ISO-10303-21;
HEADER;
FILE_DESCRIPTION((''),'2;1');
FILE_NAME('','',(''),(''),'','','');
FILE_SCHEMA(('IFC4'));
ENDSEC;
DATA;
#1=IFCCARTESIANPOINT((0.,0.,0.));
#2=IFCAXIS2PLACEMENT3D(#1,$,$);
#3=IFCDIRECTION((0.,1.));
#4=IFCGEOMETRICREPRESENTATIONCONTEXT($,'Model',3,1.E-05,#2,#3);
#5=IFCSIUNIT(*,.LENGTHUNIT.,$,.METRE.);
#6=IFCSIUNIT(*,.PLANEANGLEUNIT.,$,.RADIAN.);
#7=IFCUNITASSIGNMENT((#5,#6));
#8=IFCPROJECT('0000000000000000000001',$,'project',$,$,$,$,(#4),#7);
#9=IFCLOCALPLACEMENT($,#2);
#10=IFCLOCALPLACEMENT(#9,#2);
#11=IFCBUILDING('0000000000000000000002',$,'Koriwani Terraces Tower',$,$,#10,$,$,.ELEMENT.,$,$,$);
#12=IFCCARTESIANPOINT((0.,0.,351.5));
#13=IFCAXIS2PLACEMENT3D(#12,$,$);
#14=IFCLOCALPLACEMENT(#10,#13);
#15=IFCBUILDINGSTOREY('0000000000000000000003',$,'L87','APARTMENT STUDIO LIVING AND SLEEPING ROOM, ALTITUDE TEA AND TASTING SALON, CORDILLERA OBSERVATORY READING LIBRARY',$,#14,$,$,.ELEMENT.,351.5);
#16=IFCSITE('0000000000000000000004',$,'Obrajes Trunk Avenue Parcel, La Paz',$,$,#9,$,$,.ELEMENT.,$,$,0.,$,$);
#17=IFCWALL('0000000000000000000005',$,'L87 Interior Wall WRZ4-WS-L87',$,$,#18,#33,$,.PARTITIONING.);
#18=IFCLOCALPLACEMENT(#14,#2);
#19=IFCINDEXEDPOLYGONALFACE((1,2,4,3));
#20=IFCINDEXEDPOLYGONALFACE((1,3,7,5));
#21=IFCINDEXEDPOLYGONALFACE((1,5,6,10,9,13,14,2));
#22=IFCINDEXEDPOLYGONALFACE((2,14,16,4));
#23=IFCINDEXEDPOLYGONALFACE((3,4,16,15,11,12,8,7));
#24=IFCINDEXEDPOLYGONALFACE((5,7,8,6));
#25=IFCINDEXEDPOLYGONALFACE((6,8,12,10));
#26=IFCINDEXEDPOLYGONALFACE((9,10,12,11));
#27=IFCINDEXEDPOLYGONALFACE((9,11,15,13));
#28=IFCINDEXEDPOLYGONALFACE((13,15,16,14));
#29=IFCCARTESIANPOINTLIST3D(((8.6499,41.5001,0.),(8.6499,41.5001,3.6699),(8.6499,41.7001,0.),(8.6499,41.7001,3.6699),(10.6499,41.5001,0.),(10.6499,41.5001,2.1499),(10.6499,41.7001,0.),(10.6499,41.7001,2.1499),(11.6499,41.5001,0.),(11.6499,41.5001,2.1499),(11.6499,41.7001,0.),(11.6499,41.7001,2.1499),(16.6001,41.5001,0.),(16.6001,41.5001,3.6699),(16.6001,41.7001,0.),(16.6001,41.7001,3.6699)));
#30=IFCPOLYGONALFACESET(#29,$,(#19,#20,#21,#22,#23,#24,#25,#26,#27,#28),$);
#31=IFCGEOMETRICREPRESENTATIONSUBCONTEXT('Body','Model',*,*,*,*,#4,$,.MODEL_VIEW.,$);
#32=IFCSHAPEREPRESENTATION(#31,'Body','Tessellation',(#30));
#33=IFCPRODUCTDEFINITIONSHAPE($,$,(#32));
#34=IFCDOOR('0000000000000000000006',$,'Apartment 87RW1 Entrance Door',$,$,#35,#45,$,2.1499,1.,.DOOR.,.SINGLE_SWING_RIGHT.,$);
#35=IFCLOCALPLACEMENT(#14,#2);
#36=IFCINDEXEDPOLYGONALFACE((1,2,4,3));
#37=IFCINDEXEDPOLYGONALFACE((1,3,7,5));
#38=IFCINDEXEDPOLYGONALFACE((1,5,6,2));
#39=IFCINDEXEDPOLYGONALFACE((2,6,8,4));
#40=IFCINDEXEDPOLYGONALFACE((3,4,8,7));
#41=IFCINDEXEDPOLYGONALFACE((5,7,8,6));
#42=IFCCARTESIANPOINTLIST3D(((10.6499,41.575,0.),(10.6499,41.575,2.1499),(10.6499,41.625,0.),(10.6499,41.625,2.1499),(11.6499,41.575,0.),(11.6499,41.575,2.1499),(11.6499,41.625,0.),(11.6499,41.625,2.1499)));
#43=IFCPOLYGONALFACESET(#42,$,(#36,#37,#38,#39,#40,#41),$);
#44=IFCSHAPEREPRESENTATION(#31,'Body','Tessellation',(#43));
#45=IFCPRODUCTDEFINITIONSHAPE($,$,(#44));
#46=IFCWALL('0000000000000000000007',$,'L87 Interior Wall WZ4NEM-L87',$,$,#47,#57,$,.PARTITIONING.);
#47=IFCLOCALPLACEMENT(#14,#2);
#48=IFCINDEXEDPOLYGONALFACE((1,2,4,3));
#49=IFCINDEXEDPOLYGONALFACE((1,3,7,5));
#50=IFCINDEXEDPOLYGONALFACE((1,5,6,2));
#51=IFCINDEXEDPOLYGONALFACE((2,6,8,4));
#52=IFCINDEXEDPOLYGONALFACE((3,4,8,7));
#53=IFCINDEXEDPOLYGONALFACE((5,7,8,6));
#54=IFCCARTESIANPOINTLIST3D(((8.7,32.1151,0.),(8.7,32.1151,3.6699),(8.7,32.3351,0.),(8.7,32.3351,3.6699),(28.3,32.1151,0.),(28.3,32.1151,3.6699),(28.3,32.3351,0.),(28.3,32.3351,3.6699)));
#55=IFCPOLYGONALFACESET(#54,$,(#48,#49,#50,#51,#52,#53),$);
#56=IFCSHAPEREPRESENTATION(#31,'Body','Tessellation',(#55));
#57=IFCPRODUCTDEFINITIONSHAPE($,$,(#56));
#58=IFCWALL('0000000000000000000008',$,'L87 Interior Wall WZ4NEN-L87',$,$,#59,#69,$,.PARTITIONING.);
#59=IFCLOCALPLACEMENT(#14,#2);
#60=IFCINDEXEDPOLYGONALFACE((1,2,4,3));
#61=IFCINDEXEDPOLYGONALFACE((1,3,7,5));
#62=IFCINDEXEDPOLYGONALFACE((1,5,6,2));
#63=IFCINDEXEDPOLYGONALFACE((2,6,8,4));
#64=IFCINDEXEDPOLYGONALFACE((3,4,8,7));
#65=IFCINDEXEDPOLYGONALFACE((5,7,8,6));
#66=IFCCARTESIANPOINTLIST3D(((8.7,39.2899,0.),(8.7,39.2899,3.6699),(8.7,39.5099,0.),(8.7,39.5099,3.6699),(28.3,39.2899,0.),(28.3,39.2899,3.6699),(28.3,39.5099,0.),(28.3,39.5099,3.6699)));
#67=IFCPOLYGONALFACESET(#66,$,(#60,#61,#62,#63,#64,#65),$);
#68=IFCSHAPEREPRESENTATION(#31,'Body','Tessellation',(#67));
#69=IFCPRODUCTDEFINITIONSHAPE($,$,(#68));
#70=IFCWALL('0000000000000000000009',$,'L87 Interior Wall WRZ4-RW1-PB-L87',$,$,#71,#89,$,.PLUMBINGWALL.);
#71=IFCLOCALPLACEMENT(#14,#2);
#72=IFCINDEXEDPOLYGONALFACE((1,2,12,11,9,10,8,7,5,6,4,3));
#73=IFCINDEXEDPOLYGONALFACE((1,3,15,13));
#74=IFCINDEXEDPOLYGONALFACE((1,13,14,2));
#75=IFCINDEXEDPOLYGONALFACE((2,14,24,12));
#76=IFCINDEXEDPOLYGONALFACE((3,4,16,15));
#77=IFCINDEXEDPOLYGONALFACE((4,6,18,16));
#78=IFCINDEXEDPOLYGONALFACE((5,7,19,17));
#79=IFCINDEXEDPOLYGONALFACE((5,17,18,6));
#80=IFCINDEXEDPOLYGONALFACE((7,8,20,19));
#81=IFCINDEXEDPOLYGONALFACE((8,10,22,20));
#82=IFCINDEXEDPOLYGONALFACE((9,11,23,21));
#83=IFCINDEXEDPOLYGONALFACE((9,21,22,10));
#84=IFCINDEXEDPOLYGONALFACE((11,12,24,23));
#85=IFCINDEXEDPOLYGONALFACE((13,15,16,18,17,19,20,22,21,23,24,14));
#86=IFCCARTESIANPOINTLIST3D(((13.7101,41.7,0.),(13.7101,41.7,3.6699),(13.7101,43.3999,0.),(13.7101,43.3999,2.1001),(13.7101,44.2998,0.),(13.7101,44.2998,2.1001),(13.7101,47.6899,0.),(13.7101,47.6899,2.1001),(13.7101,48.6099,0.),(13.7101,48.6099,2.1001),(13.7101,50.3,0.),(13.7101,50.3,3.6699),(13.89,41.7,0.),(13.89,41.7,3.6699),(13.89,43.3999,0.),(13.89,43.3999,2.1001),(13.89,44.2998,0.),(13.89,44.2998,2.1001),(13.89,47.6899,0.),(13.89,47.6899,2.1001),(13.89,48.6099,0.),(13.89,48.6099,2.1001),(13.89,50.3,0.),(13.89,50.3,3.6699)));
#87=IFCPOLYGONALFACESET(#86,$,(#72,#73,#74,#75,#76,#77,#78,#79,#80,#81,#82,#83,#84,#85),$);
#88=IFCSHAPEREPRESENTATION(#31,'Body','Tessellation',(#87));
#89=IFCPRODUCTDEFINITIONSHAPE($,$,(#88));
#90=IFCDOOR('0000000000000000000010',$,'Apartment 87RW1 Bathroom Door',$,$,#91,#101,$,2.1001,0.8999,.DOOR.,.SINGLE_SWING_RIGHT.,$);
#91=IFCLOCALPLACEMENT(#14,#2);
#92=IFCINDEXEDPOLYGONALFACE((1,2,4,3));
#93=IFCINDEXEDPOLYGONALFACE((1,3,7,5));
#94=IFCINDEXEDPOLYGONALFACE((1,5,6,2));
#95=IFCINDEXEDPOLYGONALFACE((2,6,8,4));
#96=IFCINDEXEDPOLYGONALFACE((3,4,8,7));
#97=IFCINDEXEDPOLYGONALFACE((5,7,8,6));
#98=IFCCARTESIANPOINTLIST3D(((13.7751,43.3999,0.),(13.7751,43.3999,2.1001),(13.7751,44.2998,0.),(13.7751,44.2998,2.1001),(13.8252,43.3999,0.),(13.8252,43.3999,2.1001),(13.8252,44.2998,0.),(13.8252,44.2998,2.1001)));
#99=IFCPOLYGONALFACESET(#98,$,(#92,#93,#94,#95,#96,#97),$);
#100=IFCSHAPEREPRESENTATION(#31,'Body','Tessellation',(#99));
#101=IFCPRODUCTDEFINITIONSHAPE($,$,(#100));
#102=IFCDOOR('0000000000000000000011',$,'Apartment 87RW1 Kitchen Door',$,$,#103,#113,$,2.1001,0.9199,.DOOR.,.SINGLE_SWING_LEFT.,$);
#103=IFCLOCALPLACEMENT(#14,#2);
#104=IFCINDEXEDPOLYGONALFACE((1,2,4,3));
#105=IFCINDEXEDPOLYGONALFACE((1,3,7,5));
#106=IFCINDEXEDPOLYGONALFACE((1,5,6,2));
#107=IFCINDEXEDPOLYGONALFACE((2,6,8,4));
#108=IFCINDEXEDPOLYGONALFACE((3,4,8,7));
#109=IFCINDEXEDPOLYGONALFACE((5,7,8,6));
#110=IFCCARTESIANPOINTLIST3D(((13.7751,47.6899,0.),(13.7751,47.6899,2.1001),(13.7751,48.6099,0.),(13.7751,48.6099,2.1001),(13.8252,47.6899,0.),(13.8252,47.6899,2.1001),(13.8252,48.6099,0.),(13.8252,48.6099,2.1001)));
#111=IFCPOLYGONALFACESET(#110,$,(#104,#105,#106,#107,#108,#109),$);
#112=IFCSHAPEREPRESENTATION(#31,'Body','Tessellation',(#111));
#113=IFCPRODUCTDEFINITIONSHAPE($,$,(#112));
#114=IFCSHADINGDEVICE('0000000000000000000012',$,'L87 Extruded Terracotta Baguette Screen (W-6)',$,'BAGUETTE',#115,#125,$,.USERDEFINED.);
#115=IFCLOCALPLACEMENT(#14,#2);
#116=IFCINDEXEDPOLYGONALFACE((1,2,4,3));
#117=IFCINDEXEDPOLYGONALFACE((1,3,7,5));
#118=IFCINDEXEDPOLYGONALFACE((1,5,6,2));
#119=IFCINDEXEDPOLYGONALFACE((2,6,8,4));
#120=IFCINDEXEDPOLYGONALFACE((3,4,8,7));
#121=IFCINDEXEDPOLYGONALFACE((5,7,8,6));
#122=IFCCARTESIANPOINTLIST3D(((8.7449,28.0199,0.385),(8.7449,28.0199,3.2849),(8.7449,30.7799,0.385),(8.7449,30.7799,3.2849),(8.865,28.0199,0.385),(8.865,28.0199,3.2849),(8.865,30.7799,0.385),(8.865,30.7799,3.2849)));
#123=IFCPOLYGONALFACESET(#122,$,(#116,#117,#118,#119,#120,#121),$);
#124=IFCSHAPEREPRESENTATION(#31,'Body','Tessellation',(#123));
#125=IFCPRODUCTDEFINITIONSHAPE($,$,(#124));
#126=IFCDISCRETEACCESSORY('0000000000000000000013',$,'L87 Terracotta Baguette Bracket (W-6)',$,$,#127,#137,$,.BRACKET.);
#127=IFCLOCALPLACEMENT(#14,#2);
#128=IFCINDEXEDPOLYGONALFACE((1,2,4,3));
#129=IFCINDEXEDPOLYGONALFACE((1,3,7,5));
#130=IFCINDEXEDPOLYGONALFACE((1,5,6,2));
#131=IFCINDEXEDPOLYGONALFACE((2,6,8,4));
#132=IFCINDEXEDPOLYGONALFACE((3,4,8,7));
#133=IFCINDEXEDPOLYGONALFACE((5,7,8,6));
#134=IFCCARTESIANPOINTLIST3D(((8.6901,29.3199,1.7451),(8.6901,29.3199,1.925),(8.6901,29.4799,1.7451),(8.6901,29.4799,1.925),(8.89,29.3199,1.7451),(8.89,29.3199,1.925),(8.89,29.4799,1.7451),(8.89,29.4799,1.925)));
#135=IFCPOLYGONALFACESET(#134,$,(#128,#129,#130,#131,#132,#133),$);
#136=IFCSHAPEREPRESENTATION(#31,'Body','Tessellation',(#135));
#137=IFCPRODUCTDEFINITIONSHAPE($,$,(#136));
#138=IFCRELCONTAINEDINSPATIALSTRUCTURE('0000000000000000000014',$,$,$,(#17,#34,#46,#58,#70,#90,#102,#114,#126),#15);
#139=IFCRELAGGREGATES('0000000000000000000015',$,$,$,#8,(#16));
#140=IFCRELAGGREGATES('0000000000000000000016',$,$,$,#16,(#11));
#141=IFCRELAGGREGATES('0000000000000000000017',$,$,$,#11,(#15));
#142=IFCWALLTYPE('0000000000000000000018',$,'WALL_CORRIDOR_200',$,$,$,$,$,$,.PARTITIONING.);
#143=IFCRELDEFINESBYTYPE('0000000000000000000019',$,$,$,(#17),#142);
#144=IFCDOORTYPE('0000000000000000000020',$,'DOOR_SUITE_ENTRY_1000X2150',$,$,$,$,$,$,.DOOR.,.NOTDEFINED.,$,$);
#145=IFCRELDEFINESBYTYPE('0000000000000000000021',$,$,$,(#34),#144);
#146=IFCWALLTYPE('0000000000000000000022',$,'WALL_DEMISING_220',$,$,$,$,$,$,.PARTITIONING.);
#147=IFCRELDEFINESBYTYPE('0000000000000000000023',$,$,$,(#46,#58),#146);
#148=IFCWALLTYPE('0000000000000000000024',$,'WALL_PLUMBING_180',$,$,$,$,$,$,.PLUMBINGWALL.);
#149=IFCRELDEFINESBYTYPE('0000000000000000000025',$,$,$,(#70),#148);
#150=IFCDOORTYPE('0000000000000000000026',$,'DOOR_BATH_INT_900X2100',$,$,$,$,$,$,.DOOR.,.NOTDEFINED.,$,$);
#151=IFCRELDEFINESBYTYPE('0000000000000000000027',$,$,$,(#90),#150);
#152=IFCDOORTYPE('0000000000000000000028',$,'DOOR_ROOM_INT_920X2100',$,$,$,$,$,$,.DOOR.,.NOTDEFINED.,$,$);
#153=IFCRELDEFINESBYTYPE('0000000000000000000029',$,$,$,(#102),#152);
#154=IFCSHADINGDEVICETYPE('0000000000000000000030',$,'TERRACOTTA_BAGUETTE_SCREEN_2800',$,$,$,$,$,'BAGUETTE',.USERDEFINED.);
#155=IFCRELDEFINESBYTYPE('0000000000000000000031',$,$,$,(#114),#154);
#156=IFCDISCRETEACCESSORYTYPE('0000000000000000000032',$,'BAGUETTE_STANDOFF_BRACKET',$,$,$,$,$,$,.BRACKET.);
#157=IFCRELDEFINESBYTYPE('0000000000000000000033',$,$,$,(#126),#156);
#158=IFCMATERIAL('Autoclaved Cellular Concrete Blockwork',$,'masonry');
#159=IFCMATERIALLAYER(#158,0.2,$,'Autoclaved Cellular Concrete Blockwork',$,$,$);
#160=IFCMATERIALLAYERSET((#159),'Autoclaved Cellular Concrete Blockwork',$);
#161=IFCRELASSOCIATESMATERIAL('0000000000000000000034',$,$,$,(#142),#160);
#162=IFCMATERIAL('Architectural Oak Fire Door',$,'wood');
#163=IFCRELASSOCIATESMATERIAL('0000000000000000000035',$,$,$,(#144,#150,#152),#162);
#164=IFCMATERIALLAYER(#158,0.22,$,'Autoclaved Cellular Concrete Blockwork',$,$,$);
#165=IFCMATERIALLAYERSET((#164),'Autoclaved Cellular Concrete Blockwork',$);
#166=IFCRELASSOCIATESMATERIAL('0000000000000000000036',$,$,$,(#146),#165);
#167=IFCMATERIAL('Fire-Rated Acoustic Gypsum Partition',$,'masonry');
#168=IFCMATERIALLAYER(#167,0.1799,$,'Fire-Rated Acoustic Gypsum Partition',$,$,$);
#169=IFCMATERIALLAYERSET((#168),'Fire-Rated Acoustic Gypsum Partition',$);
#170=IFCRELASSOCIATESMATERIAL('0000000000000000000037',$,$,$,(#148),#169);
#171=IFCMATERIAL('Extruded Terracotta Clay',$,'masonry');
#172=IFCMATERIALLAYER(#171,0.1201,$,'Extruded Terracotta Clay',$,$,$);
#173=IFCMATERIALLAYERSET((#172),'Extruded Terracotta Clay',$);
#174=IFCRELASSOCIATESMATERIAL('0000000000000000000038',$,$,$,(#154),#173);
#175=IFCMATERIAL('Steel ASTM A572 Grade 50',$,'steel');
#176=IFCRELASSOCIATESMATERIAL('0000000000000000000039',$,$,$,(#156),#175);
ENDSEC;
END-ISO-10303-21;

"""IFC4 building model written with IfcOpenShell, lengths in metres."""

from ifc_helpers import new_model, si_unit, direction, frame, frame_2d, origin, origin_2d, place, context, subcontext, project, spatial, rectangle, extrude, material, layer, layer_set, type_object, element, fill, save


model = new_model("IFC4")

# Units and contexts
model_context = context("Model", 3, precision=1e-05, world=origin(), true_north=direction((0.0, 1.0)))
body_context = subcontext(model_context, "Body", "Model", "MODEL_VIEW")
ifc_project = project(units=[si_unit("LENGTHUNIT", "METRE"), si_unit("PLANEANGLEUNIT", "RADIAN")], contexts=[model_context])

# Site, building, storey
site_placement = place(None, origin())
site = spatial("IfcSite", under=ifc_project, at=site_placement, Name="Obrajes Trunk Avenue Parcel, La Paz", CompositionType="ELEMENT", RefElevation=0.0)
building_placement = place(site_placement, origin())
building = spatial("IfcBuilding", under=site, at=building_placement, Name="Koriwani Terraces Tower", CompositionType="ELEMENT")
storey_placement = place(building_placement, frame((0.0, 0.0, 351.5)))
storey = spatial("IfcBuildingStorey", under=building, at=storey_placement, Name="L87", Description="APARTMENT STUDIO LIVING AND SLEEPING ROOM, ALTITUDE TEA AND TASTING SALON, CORDILLERA OBSERVATORY READING LIBRARY", CompositionType="ELEMENT", Elevation=351.5)

# Shared definitions
ifc_material_1 = material(Name="Steel ASTM A572 Grade 50", Category="steel")

# Wall, opening, door
ifc_material_2 = material(Name="Autoclaved Cellular Concrete Blockwork", Category="masonry")
ifc_layer_1 = layer(ifc_material_2, 0.2, Name="Autoclaved Cellular Concrete Blockwork")
ifc_layer_set_1 = layer_set([ifc_layer_1], Name="Autoclaved Cellular Concrete Blockwork")
wall_type_1 = type_object("IfcWallType", Name="WALL_CORRIDOR_200", PredefinedType="PARTITIONING", material=ifc_layer_set_1)
wall_1_placement = place(storey_placement, frame((8.6499, 41.6001, 0.0), z_axis=(0.0, 0.0, 1.0), x_axis=(1.0, 0.0, 0.0)))
wall_1 = element("IfcWall", 1, at=wall_1_placement, inside=storey, type_object=wall_type_1, Name="L87 Interior Wall WRZ4-WS-L87", PredefinedType="PARTITIONING", context=body_context, shape_type="SweptSolid", body=[
    extrude(rectangle(XDim=7.9502, YDim=0.2, at=frame_2d((3.9751, 0.0))), origin(), (0.0, 0.0, 1.0), 3.6699),
])
opening_1_placement = place(wall_1_placement, frame((2.0, 0.0, 0.0)))
opening_1 = element("IfcOpeningElement", 2, at=opening_1_placement, cuts=wall_1, PredefinedType="OPENING", context=body_context, shape_type="SweptSolid", body=[
    extrude(rectangle(XDim=1.0, YDim=2.1499, at=frame_2d((0.5, 1.075))), frame((0.0, 0.1099, 0.0), z_axis=(0.0, -1.0, 0.0), x_axis=(1.0, 0.0, 0.0)), (0.0, 0.0, 1.0), 0.22),
])
ifc_material_3 = material(Name="Architectural Oak Fire Door", Category="wood")
door_type_1 = type_object("IfcDoorType", Name="DOOR_SUITE_ENTRY_1000X2150", OperationType="NOTDEFINED", PredefinedType="DOOR", material=ifc_material_3)
door_1_placement = place(opening_1_placement, origin())
door_1 = element("IfcDoor", 3, at=door_1_placement, inside=storey, type_object=door_type_1, Name="Apartment 87RW1 Entrance Door", OperationType="SINGLE_SWING_RIGHT", OverallHeight=2.1499, OverallWidth=1.0, PredefinedType="DOOR", context=body_context, shape_type="SweptSolid", body=[
    extrude(rectangle(XDim=1.0, YDim=2.1499, at=frame_2d((0.5, 1.075))), frame((0.0, 0.0249, 0.0), z_axis=(0.0, -1.0, 0.0), x_axis=(1.0, 0.0, 0.0)), (0.0, 0.0, 1.0), 0.05),
])
fill(opening_1, door_1)

# Walls
ifc_layer_2 = layer(ifc_material_2, 0.22, Name="Autoclaved Cellular Concrete Blockwork")
ifc_layer_set_2 = layer_set([ifc_layer_2], Name="Autoclaved Cellular Concrete Blockwork")
wall_type_2 = type_object("IfcWallType", Name="WALL_DEMISING_220", PredefinedType="PARTITIONING", material=ifc_layer_set_2)
for number, where, z_axis, x_axis, name in (
    (4, (8.7, 32.2251, 0.0), (0.0, 0.0, 1.0), (1.0, 0.0, 0.0), "L87 Interior Wall WZ4NEM-L87"),
    (5, (8.7, 39.3999, 0.0), (0.0, 0.0, 1.0), (1.0, 0.0, 0.0), "L87 Interior Wall WZ4NEN-L87"),
):
    element("IfcWall", number, at=place(storey_placement, frame(where, z_axis=z_axis, x_axis=x_axis)), inside=storey, type_object=wall_type_2, Name=name, PredefinedType="PARTITIONING", context=body_context, shape_type="SweptSolid", body=[
        extrude(rectangle(XDim=19.6001, YDim=0.22, at=frame_2d((9.8, 0.0))), origin(), (0.0, 0.0, 1.0), 3.6699),
    ])

# Wall, openings, doors
ifc_material_4 = material(Name="Fire-Rated Acoustic Gypsum Partition", Category="masonry")
ifc_layer_3 = layer(ifc_material_4, 0.1799, Name="Fire-Rated Acoustic Gypsum Partition")
ifc_layer_set_3 = layer_set([ifc_layer_3], Name="Fire-Rated Acoustic Gypsum Partition")
wall_type_3 = type_object("IfcWallType", Name="WALL_PLUMBING_180", PredefinedType="PLUMBINGWALL", material=ifc_layer_set_3)
wall_2_placement = place(storey_placement, frame((13.8, 41.7, 0.0), z_axis=(0.0, 0.0, 1.0), x_axis=(0.0, 1.0, 0.0)))
wall_2 = element("IfcWall", 6, at=wall_2_placement, inside=storey, type_object=wall_type_3, Name="L87 Interior Wall WRZ4-RW1-PB-L87", PredefinedType="PLUMBINGWALL", context=body_context, shape_type="SweptSolid", body=[
    extrude(rectangle(XDim=8.6001, YDim=0.1799, at=frame_2d((4.3, 0.0))), origin(), (0.0, 0.0, 1.0), 3.6699),
])
opening_2_placement = place(wall_2_placement, frame((1.7, 0.0, 0.0)))
opening_2 = element("IfcOpeningElement", 7, at=opening_2_placement, cuts=wall_2, PredefinedType="OPENING", context=body_context, shape_type="SweptSolid", body=[
    extrude(rectangle(XDim=0.8999, YDim=2.1001, at=frame_2d((0.45, 1.05))), frame((0.0, 0.1001, 0.0), z_axis=(0.0, -1.0, 0.0), x_axis=(1.0, 0.0, 0.0)), (0.0, 0.0, 1.0), 0.2),
])
opening_3_placement = place(wall_2_placement, frame((5.99, 0.0, 0.0)))
opening_3 = element("IfcOpeningElement", 8, at=opening_3_placement, cuts=wall_2, PredefinedType="OPENING", context=body_context, shape_type="SweptSolid", body=[
    extrude(rectangle(XDim=0.9199, YDim=2.1001, at=frame_2d((0.46, 1.05))), frame((0.0, 0.1001, 0.0), z_axis=(0.0, -1.0, 0.0), x_axis=(1.0, 0.0, 0.0)), (0.0, 0.0, 1.0), 0.2),
])
door_type_2 = type_object("IfcDoorType", Name="DOOR_BATH_INT_900X2100", OperationType="NOTDEFINED", PredefinedType="DOOR", material=ifc_material_3)
door_2_placement = place(opening_2_placement, origin())
door_2 = element("IfcDoor", 9, at=door_2_placement, inside=storey, type_object=door_type_2, Name="Apartment 87RW1 Bathroom Door", OperationType="SINGLE_SWING_RIGHT", OverallHeight=2.1001, OverallWidth=0.8999, PredefinedType="DOOR", context=body_context, shape_type="SweptSolid", body=[
    extrude(rectangle(XDim=0.8999, YDim=2.1001, at=frame_2d((0.45, 1.05))), frame((0.0, 0.0249, 0.0), z_axis=(0.0, -1.0, 0.0), x_axis=(1.0, 0.0, 0.0)), (0.0, 0.0, 1.0), 0.05),
])
fill(opening_2, door_2)
door_type_3 = type_object("IfcDoorType", Name="DOOR_ROOM_INT_920X2100", OperationType="NOTDEFINED", PredefinedType="DOOR", material=ifc_material_3)
door_3_placement = place(opening_3_placement, origin())
door_3 = element("IfcDoor", 10, at=door_3_placement, inside=storey, type_object=door_type_3, Name="Apartment 87RW1 Kitchen Door", OperationType="SINGLE_SWING_LEFT", OverallHeight=2.1001, OverallWidth=0.9199, PredefinedType="DOOR", context=body_context, shape_type="SweptSolid", body=[
    extrude(rectangle(XDim=0.9199, YDim=2.1001, at=frame_2d((0.46, 1.05))), frame((0.0, 0.0249, 0.0), z_axis=(0.0, -1.0, 0.0), x_axis=(1.0, 0.0, 0.0)), (0.0, 0.0, 1.0), 0.05),
])
fill(opening_3, door_3)

# Shading device
ifc_material_5 = material(Name="Extruded Terracotta Clay", Category="masonry")
ifc_layer_4 = layer(ifc_material_5, 0.1201, Name="Extruded Terracotta Clay")
ifc_layer_set_4 = layer_set([ifc_layer_4], Name="Extruded Terracotta Clay")
shading_device_type = type_object("IfcShadingDeviceType", Name="TERRACOTTA_BAGUETTE_SCREEN_2800", ElementType="BAGUETTE", PredefinedType="USERDEFINED", material=ifc_layer_set_4)
shading_device_placement = place(storey_placement, frame((8.8049, 29.3999, 0.385), z_axis=(0.0, 0.0, 1.0), x_axis=(0.0, 1.0, 0.0)))
element("IfcShadingDevice", 11, at=shading_device_placement, inside=storey, type_object=shading_device_type, Name="L87 Extruded Terracotta Baguette Screen (W-6)", ObjectType="BAGUETTE", PredefinedType="USERDEFINED", context=body_context, shape_type="SweptSolid", body=[
    extrude(rectangle(XDim=2.76, YDim=0.1201, at=origin_2d()), origin(), (0.0, 0.0, 1.0), 2.8999),
])

# Discrete accessory
discrete_accessory_type = type_object("IfcDiscreteAccessoryType", Name="BAGUETTE_STANDOFF_BRACKET", PredefinedType="BRACKET", material=ifc_material_1)
discrete_accessory_placement = place(storey_placement, frame((8.79, 29.3999, 1.7451), z_axis=(0.0, 0.0, 1.0), x_axis=(0.0, 1.0, 0.0)))
element("IfcDiscreteAccessory", 12, at=discrete_accessory_placement, inside=storey, type_object=discrete_accessory_type, Name="L87 Terracotta Baguette Bracket (W-6)", PredefinedType="BRACKET", context=body_context, shape_type="SweptSolid", body=[
    extrude(rectangle(XDim=0.1599, YDim=0.2, at=origin_2d()), origin(), (0.0, 0.0, 1.0), 0.1799),
])

save(model, "model.ifc")
